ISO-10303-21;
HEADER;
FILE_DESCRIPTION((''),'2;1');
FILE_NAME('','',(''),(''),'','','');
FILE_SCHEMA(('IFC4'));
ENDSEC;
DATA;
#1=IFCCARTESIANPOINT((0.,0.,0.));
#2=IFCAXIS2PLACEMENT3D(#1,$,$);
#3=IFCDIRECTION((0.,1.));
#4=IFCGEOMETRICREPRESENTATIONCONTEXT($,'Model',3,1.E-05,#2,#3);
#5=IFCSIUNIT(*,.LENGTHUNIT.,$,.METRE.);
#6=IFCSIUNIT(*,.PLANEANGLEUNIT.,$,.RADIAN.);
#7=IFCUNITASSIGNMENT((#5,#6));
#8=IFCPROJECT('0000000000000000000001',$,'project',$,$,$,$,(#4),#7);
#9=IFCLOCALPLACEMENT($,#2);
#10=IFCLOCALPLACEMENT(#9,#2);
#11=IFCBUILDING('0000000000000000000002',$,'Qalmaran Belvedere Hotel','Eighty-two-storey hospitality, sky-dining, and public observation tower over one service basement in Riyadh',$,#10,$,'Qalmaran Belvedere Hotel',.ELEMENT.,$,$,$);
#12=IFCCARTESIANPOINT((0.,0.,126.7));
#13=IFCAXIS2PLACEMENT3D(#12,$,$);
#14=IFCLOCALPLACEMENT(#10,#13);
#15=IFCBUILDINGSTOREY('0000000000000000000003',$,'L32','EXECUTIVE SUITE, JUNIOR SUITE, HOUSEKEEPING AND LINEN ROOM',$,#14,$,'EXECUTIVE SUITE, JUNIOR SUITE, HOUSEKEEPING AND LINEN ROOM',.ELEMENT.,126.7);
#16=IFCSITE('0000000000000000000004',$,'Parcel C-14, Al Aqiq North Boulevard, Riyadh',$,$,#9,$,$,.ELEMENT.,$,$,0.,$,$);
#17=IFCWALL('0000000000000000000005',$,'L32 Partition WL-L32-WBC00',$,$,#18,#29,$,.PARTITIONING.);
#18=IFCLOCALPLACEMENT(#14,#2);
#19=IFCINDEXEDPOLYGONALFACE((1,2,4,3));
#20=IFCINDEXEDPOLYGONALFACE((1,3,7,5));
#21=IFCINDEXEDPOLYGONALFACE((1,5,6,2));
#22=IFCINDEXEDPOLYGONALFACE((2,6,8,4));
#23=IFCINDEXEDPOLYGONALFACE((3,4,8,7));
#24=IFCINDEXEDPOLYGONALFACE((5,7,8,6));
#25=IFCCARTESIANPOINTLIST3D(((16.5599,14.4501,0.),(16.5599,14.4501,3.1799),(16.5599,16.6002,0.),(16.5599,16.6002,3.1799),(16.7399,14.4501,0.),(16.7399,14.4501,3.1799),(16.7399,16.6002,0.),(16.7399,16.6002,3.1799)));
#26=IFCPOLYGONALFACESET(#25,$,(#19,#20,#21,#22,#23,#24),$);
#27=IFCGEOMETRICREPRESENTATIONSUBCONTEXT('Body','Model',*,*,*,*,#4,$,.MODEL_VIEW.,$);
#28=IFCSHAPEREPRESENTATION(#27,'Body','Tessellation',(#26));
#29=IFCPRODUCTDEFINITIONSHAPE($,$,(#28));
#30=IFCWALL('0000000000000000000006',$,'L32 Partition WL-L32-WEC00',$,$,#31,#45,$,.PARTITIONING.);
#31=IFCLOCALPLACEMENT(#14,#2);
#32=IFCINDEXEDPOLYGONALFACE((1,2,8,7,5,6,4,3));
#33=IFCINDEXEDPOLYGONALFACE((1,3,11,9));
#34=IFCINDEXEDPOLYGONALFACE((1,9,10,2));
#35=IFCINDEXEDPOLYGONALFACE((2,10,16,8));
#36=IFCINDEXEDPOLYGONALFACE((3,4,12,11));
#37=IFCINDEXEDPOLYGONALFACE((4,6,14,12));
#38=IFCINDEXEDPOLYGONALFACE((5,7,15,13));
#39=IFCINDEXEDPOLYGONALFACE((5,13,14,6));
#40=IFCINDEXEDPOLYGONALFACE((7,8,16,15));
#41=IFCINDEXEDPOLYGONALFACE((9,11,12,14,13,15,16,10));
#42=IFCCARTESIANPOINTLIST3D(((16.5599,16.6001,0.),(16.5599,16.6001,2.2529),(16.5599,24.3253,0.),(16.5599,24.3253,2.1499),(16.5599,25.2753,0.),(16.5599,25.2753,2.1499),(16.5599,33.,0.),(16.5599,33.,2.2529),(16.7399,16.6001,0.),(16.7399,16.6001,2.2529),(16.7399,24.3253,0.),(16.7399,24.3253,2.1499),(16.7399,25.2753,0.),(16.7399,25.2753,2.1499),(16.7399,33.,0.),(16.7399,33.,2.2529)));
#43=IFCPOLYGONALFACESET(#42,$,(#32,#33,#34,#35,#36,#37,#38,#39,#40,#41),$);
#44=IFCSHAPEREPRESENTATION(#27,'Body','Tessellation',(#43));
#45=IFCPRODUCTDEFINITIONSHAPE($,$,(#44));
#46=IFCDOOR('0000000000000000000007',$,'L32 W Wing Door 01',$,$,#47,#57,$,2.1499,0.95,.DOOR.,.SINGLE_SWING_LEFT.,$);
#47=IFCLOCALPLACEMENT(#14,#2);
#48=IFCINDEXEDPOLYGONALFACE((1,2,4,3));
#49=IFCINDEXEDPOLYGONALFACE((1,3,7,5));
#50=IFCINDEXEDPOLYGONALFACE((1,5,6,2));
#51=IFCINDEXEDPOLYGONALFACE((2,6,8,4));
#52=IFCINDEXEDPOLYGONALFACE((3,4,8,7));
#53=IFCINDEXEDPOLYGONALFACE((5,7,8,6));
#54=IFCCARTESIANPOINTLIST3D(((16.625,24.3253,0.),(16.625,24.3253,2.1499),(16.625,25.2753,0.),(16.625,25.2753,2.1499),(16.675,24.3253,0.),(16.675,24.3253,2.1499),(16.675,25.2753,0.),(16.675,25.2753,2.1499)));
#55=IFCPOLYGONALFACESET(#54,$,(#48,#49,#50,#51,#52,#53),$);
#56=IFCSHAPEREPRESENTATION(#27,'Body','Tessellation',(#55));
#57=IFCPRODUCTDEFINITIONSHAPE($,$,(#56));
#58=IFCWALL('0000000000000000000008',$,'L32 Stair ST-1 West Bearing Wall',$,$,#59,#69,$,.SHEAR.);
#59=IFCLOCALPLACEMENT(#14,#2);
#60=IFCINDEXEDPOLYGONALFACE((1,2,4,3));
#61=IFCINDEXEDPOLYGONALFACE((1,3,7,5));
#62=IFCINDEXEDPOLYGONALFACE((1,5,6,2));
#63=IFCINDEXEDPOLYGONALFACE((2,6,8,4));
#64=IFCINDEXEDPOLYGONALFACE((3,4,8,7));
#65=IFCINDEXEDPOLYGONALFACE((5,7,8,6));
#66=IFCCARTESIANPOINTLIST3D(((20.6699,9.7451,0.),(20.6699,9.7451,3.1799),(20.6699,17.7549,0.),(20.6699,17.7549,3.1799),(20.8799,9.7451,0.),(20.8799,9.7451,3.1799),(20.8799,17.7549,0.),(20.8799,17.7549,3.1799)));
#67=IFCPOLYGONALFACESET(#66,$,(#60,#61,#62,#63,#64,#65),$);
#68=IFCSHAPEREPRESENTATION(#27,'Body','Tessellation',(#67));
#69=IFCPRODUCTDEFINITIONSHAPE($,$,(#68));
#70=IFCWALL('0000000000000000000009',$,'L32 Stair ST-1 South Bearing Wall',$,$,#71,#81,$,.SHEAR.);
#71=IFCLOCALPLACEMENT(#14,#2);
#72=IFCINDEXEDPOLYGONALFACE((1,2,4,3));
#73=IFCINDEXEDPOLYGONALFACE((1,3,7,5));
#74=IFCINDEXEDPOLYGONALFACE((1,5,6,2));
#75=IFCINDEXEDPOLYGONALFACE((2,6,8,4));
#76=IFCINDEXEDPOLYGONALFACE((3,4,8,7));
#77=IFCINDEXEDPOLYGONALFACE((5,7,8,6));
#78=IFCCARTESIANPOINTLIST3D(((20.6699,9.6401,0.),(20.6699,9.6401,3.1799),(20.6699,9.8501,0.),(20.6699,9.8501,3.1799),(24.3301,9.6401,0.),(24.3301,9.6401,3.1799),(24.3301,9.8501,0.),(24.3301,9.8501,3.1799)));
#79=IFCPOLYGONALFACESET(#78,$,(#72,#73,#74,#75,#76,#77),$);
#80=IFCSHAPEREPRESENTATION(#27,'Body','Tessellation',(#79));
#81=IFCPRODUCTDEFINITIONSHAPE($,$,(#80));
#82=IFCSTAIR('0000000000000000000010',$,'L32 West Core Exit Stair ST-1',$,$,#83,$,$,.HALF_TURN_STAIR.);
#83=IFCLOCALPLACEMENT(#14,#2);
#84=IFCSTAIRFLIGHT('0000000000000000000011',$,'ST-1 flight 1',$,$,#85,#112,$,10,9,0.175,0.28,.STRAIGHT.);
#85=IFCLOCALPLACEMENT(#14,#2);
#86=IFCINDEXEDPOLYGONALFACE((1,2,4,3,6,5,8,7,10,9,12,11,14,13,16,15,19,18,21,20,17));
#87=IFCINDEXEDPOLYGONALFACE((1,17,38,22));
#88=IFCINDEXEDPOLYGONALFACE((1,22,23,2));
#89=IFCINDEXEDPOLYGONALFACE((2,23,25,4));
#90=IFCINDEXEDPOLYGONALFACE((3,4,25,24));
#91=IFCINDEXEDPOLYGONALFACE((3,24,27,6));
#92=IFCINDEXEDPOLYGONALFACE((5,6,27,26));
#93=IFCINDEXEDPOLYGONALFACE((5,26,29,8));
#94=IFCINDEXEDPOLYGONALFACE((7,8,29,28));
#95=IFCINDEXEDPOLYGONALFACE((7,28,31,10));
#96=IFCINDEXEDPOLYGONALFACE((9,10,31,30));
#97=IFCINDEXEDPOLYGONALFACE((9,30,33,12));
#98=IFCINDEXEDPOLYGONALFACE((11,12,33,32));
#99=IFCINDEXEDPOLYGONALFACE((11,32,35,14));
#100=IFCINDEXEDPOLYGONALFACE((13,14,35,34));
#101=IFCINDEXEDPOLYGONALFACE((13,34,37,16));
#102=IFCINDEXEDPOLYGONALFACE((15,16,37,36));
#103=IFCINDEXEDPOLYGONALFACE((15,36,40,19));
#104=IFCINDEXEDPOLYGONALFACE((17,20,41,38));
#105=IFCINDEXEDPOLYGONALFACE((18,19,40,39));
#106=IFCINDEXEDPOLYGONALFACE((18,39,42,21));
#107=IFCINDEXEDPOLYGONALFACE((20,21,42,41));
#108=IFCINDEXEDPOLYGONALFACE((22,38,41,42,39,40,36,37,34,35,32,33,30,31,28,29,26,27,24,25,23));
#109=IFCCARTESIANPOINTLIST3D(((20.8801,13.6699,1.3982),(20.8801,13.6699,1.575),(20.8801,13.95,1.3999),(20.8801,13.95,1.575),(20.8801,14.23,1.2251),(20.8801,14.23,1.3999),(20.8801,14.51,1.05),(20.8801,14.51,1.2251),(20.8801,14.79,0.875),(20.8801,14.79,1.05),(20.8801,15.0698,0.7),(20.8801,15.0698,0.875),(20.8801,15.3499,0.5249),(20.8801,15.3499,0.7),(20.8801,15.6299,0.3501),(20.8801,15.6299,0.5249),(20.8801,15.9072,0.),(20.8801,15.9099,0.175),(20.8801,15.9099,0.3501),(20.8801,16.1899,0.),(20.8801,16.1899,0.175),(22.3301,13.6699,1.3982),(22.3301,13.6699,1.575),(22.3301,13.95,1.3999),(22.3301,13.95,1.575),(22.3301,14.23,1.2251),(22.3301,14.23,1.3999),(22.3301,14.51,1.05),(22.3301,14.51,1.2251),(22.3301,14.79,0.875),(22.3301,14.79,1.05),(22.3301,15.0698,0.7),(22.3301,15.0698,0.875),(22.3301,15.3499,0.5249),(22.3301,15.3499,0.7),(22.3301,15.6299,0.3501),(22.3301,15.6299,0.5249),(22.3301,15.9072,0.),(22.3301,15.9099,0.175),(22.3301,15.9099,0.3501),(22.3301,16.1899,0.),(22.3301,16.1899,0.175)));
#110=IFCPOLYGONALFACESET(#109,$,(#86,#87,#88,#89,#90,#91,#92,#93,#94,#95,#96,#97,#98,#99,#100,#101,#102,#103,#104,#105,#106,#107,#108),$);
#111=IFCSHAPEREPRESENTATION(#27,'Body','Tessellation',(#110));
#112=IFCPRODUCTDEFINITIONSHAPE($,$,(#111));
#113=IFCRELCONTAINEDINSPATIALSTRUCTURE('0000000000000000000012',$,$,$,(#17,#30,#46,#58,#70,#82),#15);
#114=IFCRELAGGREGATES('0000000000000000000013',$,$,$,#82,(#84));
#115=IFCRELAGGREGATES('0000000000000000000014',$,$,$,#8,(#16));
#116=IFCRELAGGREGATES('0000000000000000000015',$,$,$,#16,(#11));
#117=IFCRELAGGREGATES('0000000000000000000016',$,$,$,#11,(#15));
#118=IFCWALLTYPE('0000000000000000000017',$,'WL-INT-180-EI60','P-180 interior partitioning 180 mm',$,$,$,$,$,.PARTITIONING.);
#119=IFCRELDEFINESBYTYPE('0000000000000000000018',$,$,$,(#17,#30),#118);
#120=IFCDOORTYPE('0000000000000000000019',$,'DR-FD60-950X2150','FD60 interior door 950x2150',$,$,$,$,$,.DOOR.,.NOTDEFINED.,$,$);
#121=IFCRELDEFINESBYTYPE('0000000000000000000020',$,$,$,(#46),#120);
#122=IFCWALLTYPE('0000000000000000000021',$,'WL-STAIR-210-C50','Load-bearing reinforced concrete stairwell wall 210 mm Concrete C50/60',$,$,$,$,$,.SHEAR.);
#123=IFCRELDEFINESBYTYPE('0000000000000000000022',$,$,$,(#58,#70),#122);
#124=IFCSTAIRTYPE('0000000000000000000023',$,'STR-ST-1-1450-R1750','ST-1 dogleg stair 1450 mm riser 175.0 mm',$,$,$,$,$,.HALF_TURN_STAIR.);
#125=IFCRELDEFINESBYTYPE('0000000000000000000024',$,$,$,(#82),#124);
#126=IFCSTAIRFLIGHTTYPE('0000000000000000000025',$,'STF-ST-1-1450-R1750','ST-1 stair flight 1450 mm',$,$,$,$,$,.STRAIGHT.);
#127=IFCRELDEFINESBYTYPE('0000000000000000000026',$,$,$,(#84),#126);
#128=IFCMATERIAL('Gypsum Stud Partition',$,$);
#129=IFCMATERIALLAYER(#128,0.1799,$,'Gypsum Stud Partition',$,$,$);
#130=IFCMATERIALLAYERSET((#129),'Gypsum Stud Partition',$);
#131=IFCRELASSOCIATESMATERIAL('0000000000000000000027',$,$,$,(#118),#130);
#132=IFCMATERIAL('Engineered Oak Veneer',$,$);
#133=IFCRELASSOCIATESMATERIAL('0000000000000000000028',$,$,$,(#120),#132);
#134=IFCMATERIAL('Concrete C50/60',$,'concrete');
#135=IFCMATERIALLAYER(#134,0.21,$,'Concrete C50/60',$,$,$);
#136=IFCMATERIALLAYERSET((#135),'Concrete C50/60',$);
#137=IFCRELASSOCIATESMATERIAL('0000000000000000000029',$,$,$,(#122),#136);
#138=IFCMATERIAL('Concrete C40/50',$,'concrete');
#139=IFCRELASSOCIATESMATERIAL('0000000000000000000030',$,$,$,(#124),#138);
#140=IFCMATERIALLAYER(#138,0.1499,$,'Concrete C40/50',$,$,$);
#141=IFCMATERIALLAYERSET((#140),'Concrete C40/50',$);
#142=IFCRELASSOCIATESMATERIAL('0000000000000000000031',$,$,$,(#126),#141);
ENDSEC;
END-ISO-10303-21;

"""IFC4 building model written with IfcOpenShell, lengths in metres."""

from ifc_helpers import new_model, si_unit, direction, frame, frame_2d, origin, place, context, subcontext, project, spatial, polyline, rectangle, outline, extrude, material, layer, layer_set, type_object, element, fill, aggregate, save


model = new_model("IFC4")

# Units and contexts
model_context = context("Model", 3, precision=1e-05, world=origin(), true_north=direction((0.0, 1.0)))
body_context = subcontext(model_context, "Body", "Model", "MODEL_VIEW")
ifc_project = project(units=[si_unit("LENGTHUNIT", "METRE"), si_unit("PLANEANGLEUNIT", "RADIAN")], contexts=[model_context])

# Site, building, storey
site_placement = place(None, origin())
site = spatial("IfcSite", under=ifc_project, at=site_placement, Name="Parcel C-14, Al Aqiq North Boulevard, Riyadh", CompositionType="ELEMENT", RefElevation=0.0)
building_placement = place(site_placement, origin())
building = spatial("IfcBuilding", under=site, at=building_placement, Name="Qalmaran Belvedere Hotel", Description="Eighty-two-storey hospitality, sky-dining, and public observation tower over one service basement in Riyadh", LongName="Qalmaran Belvedere Hotel", CompositionType="ELEMENT")
storey_placement = place(building_placement, frame((0.0, 0.0, 126.7)))
storey = spatial("IfcBuildingStorey", under=building, at=storey_placement, Name="L32", Description="EXECUTIVE SUITE, JUNIOR SUITE, HOUSEKEEPING AND LINEN ROOM", LongName="EXECUTIVE SUITE, JUNIOR SUITE, HOUSEKEEPING AND LINEN ROOM", CompositionType="ELEMENT", Elevation=126.7)

# Shared definitions
ifc_material_1 = material(Name="Concrete C50/60", Category="concrete")

# Shared definitions
ifc_material_2 = material(Name="Gypsum Stud Partition")
ifc_material_3 = material(Name="Engineered Oak Veneer")

# Wall
ifc_layer_1 = layer(ifc_material_2, 0.1799, Name="Gypsum Stud Partition")
ifc_layer_set_1 = layer_set([ifc_layer_1], Name="Gypsum Stud Partition")
wall_type_1 = type_object("IfcWallType", Name="WL-INT-180-EI60", Description="P-180 interior partitioning 180 mm", PredefinedType="PARTITIONING", material=ifc_layer_set_1)
wall_1_placement = place(storey_placement, frame((16.6499, 14.45, 0.0), z_axis=(0.0, 0.0, 1.0), x_axis=(0.0, 1.0, 0.0)))
element("IfcWall", 1, at=wall_1_placement, inside=storey, type_object=wall_type_1, Name="L32 Partition WL-L32-WBC00", PredefinedType="PARTITIONING", context=body_context, shape_type="SweptSolid", body=[
    extrude(rectangle(XDim=2.1501, YDim=0.1799, at=frame_2d((1.0752, 0.0))), origin(), (0.0, 0.0, 1.0), 3.1799),
])

# Wall, opening, door
wall_2_placement = place(storey_placement, frame((16.6499, 16.6001, 0.0), z_axis=(0.0, 0.0, 1.0), x_axis=(0.0, 1.0, 0.0)))
wall_2 = element("IfcWall", 2, at=wall_2_placement, inside=storey, type_object=wall_type_1, Name="L32 Partition WL-L32-WEC00", PredefinedType="PARTITIONING", context=body_context, shape_type="SweptSolid", body=[
    extrude(rectangle(XDim=16.3999, YDim=0.1799, at=frame_2d((8.2, 0.0))), origin(), (0.0, 0.0, 1.0), 2.2529),
])
opening_1_placement = place(wall_2_placement, frame((7.7251, 0.0, 0.0)))
opening_1 = element("IfcOpeningElement", 3, at=opening_1_placement, cuts=wall_2, PredefinedType="OPENING", context=body_context, shape_type="SweptSolid", body=[
    extrude(rectangle(XDim=0.95, YDim=2.1499, at=frame_2d((0.4751, 1.075))), frame((0.0, 0.1001, 0.0), z_axis=(0.0, -1.0, 0.0), x_axis=(1.0, 0.0, 0.0)), (0.0, 0.0, 1.0), 0.2),
])
door_type_1 = type_object("IfcDoorType", Name="DR-FD60-950X2150", Description="FD60 interior door 950x2150", OperationType="NOTDEFINED", PredefinedType="DOOR", material=ifc_material_3)
door_1_placement = place(opening_1_placement, origin())
door_1 = element("IfcDoor", 4, at=door_1_placement, inside=storey, type_object=door_type_1, Name="L32 W Wing Door 01", OperationType="SINGLE_SWING_LEFT", OverallHeight=2.1499, OverallWidth=0.95, PredefinedType="DOOR", context=body_context, shape_type="SweptSolid", body=[
    extrude(rectangle(XDim=0.95, YDim=2.1499, at=frame_2d((0.4751, 1.075))), frame((0.0, 0.0249, 0.0), z_axis=(0.0, -1.0, 0.0), x_axis=(1.0, 0.0, 0.0)), (0.0, 0.0, 1.0), 0.05),
])
fill(opening_1, door_1)

# Walls
ifc_layer_2 = layer(ifc_material_1, 0.21, Name="Concrete C50/60")
ifc_layer_set_2 = layer_set([ifc_layer_2], Name="Concrete C50/60")
wall_type_2 = type_object("IfcWallType", Name="WL-STAIR-210-C50", Description="Load-bearing reinforced concrete stairwell wall 210 mm Concrete C50/60", PredefinedType="SHEAR", material=ifc_layer_set_2)
wall_3_placement = place(storey_placement, frame((20.7749, 9.7451, 0.0), z_axis=(0.0, 0.0, 1.0), x_axis=(0.0, 1.0, 0.0)))
element("IfcWall", 5, at=wall_3_placement, inside=storey, type_object=wall_type_2, Name="L32 Stair ST-1 West Bearing Wall", PredefinedType="SHEAR", context=body_context, shape_type="SweptSolid", body=[
    extrude(rectangle(XDim=8.0098, YDim=0.21, at=frame_2d((4.0049, 0.0))), origin(), (0.0, 0.0, 1.0), 3.1799),
])
wall_4_placement = place(storey_placement, frame((20.6699, 9.7451, 0.0), z_axis=(0.0, 0.0, 1.0), x_axis=(1.0, 0.0, 0.0)))
element("IfcWall", 6, at=wall_4_placement, inside=storey, type_object=wall_type_2, Name="L32 Stair ST-1 South Bearing Wall", PredefinedType="SHEAR", context=body_context, shape_type="SweptSolid", body=[
    extrude(rectangle(XDim=3.6602, YDim=0.21, at=frame_2d((1.8301, 0.0))), origin(), (0.0, 0.0, 1.0), 3.1799),
])

# Stair, stair flight
ifc_material_4 = material(Name="Concrete C40/50", Category="concrete")
stair_type = type_object("IfcStairType", Name="STR-ST-1-1450-R1750", Description="ST-1 dogleg stair 1450 mm riser 175.0 mm", PredefinedType="HALF_TURN_STAIR", material=ifc_material_4)
stair_placement = place(storey_placement, origin())
stair = element("IfcStair", 7, at=stair_placement, inside=storey, type_object=stair_type, Name="L32 West Core Exit Stair ST-1", PredefinedType="HALF_TURN_STAIR")
ifc_layer_3 = layer(ifc_material_4, 0.1499, Name="Concrete C40/50")
ifc_layer_set_3 = layer_set([ifc_layer_3], Name="Concrete C40/50")
stair_flight_type = type_object("IfcStairFlightType", Name="STF-ST-1-1450-R1750", Description="ST-1 stair flight 1450 mm", PredefinedType="STRAIGHT", material=ifc_layer_set_3)
stair_flight_placement = place(storey_placement, frame((21.605, 16.1899, 0.0), z_axis=(0.0, 0.0, 1.0), x_axis=(0.0, -1.0, 0.0)))
stair_flight = element("IfcStairFlight", 8, at=stair_flight_placement, type_object=stair_flight_type, Name="ST-1 flight 1", NumberOfRisers=10, NumberOfTreads=9, PredefinedType="STRAIGHT", RiserHeight=0.175, TreadLength=0.28, context=body_context, shape_type="SweptSolid", body=[
    extrude(outline(polyline([(0.0, 0.0), (0.0, 0.175), (0.28, 0.175), (0.28, 0.3501), (0.5601, 0.3501), (0.5601, 0.5249), (0.8401, 0.5249), (0.8401, 0.7), (1.1201, 0.7), (1.1201, 0.875), (1.3999, 0.875), (1.3999, 1.05), (1.6799, 1.05), (1.6799, 1.2251), (1.96, 1.2251), (1.96, 1.3999), (2.24, 1.3999), (2.24, 1.575), (2.52, 1.575), (2.52, 1.75), (2.52, 1.3982), (0.2827, 0.0), (0.0, 0.0)])), frame((0.0, 0.7251, 0.0), z_axis=(0.0, -1.0, 0.0), x_axis=(1.0, 0.0, 0.0)), (0.0, 0.0, 1.0), 1.45),
])
aggregate(stair, [stair_flight])

save(model, "model.ifc")
